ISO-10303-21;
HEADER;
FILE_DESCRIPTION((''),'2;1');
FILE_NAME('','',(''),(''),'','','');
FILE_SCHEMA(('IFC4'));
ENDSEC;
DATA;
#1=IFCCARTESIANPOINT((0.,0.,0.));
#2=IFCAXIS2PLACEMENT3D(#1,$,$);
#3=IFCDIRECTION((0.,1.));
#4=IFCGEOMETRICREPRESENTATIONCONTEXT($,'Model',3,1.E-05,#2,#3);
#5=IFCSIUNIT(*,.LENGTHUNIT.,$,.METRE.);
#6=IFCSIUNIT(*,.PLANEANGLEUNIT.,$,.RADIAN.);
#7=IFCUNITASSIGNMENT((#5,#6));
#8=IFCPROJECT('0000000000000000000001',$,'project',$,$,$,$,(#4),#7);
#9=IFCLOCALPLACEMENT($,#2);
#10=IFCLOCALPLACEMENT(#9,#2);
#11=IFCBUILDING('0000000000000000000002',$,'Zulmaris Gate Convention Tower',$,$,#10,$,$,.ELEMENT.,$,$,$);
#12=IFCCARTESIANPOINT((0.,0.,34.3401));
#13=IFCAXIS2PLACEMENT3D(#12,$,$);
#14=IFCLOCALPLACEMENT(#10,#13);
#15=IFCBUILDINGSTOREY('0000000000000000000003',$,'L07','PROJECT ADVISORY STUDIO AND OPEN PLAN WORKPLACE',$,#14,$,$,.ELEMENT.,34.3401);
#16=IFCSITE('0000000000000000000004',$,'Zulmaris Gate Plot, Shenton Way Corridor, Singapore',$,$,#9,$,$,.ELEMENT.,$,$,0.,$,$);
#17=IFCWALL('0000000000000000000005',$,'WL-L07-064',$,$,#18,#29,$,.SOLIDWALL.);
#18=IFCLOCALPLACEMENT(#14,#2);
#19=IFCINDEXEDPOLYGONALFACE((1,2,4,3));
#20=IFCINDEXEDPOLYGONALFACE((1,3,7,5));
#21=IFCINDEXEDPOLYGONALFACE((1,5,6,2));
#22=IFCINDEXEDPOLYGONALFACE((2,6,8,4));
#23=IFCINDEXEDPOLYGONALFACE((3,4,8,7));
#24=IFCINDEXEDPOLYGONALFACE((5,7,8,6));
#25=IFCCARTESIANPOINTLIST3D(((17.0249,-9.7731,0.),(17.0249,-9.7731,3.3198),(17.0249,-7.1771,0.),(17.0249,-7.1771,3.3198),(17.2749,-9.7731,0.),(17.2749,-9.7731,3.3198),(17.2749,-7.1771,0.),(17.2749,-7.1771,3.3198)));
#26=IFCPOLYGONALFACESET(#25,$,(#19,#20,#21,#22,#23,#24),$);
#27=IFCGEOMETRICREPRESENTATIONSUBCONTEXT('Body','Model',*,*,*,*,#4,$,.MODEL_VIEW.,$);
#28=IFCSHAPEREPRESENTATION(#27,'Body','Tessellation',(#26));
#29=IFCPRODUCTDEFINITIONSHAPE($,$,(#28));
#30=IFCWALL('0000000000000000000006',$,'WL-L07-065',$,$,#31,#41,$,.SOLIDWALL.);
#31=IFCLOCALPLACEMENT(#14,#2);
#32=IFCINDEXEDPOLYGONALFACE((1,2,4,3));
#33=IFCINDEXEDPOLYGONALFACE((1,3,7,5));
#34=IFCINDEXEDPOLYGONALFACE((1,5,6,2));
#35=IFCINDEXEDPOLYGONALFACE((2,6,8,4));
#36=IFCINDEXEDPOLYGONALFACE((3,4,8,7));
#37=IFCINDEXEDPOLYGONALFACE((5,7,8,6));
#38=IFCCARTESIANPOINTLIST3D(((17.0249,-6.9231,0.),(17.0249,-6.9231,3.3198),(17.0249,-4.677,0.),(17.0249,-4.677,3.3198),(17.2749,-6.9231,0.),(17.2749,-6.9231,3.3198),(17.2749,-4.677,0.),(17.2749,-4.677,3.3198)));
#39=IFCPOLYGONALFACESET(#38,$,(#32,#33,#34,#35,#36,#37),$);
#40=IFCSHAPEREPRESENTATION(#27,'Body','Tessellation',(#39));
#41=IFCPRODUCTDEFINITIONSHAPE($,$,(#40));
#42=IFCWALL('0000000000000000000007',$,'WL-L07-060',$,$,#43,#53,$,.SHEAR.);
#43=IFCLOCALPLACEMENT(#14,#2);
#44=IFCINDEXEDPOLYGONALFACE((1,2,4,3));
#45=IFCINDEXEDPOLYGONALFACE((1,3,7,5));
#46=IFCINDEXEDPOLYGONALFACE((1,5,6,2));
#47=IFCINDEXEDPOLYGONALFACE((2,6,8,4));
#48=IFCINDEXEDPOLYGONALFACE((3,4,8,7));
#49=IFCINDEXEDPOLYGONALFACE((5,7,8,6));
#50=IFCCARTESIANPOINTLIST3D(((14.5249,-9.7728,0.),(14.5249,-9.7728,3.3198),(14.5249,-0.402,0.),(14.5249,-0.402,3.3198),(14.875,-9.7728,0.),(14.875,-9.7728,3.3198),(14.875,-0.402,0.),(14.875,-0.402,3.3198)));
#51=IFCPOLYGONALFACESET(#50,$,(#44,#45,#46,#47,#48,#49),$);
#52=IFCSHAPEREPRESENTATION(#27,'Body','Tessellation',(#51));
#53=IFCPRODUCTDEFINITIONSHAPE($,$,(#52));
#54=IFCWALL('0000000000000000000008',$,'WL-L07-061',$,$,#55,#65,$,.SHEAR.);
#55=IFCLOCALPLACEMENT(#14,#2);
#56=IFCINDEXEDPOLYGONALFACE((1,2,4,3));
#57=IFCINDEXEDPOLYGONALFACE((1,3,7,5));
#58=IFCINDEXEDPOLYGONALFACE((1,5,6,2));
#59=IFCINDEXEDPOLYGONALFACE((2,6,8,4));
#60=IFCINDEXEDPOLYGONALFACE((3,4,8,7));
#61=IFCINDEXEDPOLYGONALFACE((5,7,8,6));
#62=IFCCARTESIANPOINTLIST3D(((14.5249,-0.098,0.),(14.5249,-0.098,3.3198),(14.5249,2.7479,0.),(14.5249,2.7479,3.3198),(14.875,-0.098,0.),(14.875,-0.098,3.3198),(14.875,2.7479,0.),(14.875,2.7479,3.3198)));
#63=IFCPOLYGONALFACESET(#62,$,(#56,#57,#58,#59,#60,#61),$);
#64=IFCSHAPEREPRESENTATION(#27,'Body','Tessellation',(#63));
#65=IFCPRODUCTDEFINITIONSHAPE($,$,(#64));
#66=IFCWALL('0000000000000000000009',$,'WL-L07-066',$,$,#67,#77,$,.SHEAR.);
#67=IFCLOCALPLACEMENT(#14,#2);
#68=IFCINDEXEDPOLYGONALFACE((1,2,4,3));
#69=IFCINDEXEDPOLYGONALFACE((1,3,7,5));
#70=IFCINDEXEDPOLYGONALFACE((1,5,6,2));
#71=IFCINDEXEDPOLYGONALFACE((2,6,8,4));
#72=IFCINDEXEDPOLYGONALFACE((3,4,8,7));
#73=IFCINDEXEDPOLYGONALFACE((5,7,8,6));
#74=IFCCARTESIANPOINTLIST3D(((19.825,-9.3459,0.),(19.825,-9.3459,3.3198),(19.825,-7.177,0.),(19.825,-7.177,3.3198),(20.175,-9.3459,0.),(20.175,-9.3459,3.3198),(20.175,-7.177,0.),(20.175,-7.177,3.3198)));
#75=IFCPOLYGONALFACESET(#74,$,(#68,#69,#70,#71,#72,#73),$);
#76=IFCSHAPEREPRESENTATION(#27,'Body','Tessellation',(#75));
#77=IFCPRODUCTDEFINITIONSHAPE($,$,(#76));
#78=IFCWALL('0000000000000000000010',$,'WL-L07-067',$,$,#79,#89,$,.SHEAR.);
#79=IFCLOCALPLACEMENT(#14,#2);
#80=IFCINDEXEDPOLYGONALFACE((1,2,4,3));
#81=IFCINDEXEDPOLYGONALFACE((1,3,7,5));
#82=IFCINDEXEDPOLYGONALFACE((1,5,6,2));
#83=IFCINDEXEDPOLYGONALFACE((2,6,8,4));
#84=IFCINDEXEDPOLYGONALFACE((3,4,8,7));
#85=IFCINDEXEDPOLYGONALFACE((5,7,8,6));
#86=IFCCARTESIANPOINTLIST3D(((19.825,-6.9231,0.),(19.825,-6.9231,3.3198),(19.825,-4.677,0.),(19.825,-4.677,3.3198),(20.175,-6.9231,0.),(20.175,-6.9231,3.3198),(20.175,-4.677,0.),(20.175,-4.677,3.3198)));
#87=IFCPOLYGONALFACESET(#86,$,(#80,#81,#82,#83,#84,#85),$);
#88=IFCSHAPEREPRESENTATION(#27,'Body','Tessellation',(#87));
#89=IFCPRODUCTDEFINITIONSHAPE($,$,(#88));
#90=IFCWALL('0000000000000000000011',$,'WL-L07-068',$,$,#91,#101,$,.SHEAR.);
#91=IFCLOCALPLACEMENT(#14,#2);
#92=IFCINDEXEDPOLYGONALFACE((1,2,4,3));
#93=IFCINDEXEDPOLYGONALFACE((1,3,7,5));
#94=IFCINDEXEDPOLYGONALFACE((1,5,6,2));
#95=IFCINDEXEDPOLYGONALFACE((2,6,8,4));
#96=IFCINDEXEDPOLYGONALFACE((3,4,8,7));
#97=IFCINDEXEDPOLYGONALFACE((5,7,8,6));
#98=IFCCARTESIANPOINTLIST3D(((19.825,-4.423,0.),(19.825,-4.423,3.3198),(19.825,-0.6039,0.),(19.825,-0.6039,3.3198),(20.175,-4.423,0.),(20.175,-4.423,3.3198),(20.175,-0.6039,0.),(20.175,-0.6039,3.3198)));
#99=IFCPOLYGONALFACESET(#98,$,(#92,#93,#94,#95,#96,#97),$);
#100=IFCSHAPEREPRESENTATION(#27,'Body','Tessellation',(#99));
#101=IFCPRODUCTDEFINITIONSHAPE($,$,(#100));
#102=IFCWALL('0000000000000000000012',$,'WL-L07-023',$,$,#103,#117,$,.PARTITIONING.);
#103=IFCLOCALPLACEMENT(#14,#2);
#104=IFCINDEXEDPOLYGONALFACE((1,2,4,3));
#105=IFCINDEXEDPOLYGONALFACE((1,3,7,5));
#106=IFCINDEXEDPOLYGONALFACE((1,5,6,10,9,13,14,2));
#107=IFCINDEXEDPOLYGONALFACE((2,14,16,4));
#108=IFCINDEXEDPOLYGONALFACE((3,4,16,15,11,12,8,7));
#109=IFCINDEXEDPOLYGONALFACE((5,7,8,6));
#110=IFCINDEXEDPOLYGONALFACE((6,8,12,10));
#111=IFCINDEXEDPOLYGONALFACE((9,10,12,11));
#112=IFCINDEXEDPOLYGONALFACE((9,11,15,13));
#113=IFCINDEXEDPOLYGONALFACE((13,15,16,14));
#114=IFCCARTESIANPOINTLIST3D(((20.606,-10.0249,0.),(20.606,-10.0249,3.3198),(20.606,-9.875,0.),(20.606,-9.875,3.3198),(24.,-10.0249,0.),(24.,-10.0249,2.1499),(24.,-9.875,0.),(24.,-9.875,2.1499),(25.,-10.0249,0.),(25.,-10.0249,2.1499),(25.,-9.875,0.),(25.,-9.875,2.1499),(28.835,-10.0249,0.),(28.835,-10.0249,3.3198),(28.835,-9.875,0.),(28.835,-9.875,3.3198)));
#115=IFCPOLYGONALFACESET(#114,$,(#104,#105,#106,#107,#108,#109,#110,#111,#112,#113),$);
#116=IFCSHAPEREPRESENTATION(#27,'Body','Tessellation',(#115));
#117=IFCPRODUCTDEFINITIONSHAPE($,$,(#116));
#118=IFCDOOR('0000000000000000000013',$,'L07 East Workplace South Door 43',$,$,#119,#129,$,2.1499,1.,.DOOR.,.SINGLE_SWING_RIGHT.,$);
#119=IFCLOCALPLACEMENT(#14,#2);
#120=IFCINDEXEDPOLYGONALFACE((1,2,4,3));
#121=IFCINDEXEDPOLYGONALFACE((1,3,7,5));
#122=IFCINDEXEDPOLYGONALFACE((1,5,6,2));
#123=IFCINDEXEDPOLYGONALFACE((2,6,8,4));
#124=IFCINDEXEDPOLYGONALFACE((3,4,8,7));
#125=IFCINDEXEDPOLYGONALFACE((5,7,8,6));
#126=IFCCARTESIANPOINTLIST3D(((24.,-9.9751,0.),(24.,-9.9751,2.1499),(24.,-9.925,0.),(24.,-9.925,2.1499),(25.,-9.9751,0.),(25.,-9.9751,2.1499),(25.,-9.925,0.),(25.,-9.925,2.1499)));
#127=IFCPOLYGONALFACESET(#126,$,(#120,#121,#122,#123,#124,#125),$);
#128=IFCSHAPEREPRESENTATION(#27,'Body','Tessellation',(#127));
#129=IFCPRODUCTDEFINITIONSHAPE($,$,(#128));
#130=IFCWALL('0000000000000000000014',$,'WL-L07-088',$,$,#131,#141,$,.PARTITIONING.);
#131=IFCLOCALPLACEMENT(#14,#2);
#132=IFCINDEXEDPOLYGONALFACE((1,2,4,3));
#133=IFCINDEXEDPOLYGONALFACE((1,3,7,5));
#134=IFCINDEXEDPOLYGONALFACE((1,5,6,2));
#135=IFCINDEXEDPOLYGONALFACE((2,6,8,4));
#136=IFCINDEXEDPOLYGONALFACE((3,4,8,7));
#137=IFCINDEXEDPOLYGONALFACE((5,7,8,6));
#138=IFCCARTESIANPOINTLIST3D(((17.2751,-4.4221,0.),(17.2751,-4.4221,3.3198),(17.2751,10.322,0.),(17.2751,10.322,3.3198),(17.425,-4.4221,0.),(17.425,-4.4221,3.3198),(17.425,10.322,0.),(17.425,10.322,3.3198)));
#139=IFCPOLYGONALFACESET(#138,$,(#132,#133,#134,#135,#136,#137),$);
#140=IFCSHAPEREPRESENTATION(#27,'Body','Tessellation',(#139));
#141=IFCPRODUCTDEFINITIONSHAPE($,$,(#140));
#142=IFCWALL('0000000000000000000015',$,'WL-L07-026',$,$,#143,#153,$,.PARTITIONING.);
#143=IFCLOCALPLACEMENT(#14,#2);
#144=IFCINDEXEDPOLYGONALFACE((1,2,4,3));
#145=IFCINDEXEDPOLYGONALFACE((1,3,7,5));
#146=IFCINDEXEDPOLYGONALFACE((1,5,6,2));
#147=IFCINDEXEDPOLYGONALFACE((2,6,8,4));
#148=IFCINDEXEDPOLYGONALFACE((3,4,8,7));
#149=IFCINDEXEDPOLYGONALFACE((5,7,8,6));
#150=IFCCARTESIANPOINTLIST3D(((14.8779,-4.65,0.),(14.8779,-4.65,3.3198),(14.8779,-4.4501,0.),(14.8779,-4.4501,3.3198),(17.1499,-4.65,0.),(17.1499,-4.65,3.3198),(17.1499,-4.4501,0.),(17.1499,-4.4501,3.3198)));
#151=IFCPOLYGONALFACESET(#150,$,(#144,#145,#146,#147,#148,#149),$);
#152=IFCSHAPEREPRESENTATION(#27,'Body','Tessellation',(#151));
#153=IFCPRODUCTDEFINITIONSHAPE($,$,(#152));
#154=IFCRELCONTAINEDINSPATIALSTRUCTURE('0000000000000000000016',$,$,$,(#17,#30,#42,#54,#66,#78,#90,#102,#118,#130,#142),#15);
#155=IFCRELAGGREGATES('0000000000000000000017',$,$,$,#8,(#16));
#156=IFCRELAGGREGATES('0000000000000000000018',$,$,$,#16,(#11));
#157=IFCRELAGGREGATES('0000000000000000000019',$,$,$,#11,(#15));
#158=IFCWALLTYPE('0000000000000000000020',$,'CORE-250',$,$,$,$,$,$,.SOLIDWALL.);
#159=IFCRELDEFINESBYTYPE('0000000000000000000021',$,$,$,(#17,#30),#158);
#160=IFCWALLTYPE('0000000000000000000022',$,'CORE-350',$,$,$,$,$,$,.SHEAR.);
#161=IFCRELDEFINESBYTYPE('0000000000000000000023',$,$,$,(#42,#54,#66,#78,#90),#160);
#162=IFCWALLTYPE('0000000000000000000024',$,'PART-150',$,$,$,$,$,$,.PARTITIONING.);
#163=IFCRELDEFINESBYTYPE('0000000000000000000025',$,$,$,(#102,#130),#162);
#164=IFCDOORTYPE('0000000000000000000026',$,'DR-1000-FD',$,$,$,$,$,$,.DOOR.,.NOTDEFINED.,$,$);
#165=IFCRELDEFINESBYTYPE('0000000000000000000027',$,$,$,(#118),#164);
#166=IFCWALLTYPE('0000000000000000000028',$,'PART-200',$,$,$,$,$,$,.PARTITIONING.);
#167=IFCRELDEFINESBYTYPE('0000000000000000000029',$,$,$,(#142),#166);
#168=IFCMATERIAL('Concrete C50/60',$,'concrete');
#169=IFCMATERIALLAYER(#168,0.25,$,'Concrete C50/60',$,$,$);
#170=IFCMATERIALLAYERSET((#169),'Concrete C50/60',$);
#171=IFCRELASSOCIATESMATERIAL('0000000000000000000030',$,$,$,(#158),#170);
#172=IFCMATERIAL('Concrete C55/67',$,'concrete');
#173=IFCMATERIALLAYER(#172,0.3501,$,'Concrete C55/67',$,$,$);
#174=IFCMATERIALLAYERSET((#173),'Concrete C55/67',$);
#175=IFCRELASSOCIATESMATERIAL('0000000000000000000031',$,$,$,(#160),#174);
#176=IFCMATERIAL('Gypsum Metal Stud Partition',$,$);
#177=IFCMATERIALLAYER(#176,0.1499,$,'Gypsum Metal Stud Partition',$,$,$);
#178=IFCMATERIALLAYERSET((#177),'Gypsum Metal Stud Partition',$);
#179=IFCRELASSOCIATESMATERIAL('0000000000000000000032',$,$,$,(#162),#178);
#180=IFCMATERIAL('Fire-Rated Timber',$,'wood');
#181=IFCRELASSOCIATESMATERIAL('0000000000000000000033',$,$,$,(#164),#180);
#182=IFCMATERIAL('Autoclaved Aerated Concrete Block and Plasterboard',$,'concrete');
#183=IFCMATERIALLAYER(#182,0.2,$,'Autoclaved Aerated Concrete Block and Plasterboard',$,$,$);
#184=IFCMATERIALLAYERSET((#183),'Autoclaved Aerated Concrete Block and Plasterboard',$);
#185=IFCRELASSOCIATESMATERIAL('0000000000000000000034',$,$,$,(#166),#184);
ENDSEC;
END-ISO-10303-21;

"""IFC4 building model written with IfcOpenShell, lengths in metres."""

from ifc_helpers import new_model, si_unit, direction, frame, frame_2d, origin, place, context, subcontext, project, spatial, rectangle, extrude, material, layer, layer_set, type_object, element, fill, save


model = new_model("IFC4")

# Units and contexts
model_context = context("Model", 3, precision=1e-05, world=origin(), true_north=direction((0.0, 1.0)))
body_context = subcontext(model_context, "Body", "Model", "MODEL_VIEW")
ifc_project = project(units=[si_unit("LENGTHUNIT", "METRE"), si_unit("PLANEANGLEUNIT", "RADIAN")], contexts=[model_context])

# Site, building, storey
site_placement = place(None, origin())
site = spatial("IfcSite", under=ifc_project, at=site_placement, Name="Zulmaris Gate Plot, Shenton Way Corridor, Singapore", CompositionType="ELEMENT", RefElevation=0.0)
building_placement = place(site_placement, origin())
building = spatial("IfcBuilding", under=site, at=building_placement, Name="Zulmaris Gate Convention Tower", CompositionType="ELEMENT")
storey_placement = place(building_placement, frame((0.0, 0.0, 34.3401)))
storey = spatial("IfcBuildingStorey", under=building, at=storey_placement, Name="L07", Description="PROJECT ADVISORY STUDIO AND OPEN PLAN WORKPLACE", CompositionType="ELEMENT", Elevation=34.3401)

# Walls
ifc_material_1 = material(Name="Concrete C50/60", Category="concrete")
ifc_layer_1 = layer(ifc_material_1, 0.25, Name="Concrete C50/60")
ifc_layer_set_1 = layer_set([ifc_layer_1], Name="Concrete C50/60")
wall_type_1 = type_object("IfcWallType", Name="CORE-250", PredefinedType="SOLIDWALL", material=ifc_layer_set_1)
wall_1_placement = place(storey_placement, frame((17.1499, -9.7729, 0.0), z_axis=(0.0, 0.0, 1.0), x_axis=(0.0, 1.0, 0.0)))
element("IfcWall", 1, at=wall_1_placement, inside=storey, type_object=wall_type_1, Name="WL-L07-064", PredefinedType="SOLIDWALL", context=body_context, shape_type="SweptSolid", body=[
    extrude(rectangle(XDim=2.5959, YDim=0.25, at=frame_2d((1.2979, 0.0))), origin(), (0.0, 0.0, 1.0), 3.3198),
])
wall_2_placement = place(storey_placement, frame((17.1499, -6.9231, 0.0), z_axis=(0.0, 0.0, 1.0), x_axis=(0.0, 1.0, 0.0)))
element("IfcWall", 2, at=wall_2_placement, inside=storey, type_object=wall_type_1, Name="WL-L07-065", PredefinedType="SOLIDWALL", context=body_context, shape_type="SweptSolid", body=[
    extrude(rectangle(XDim=2.2461, YDim=0.25, at=frame_2d((1.123, 0.0))), origin(), (0.0, 0.0, 1.0), 3.3198),
])
ifc_material_2 = material(Name="Concrete C55/67", Category="concrete")
ifc_layer_2 = layer(ifc_material_2, 0.3501, Name="Concrete C55/67")
ifc_layer_set_2 = layer_set([ifc_layer_2], Name="Concrete C55/67")
wall_type_2 = type_object("IfcWallType", Name="CORE-350", PredefinedType="SHEAR", material=ifc_layer_set_2)
wall_3_placement = place(storey_placement, frame((14.7, -9.7729, 0.0), z_axis=(0.0, 0.0, 1.0), x_axis=(0.0, 1.0, 0.0)))
element("IfcWall", 3, at=wall_3_placement, inside=storey, type_object=wall_type_2, Name="WL-L07-060", PredefinedType="SHEAR", context=body_context, shape_type="SweptSolid", body=[
    extrude(rectangle(XDim=9.3708, YDim=0.3501, at=frame_2d((4.6855, 0.0))), origin(), (0.0, 0.0, 1.0), 3.3198),
])
wall_4_placement = place(storey_placement, frame((14.7, -0.0979, 0.0), z_axis=(0.0, 0.0, 1.0), x_axis=(0.0, 1.0, 0.0)))
element("IfcWall", 4, at=wall_4_placement, inside=storey, type_object=wall_type_2, Name="WL-L07-061", PredefinedType="SHEAR", context=body_context, shape_type="SweptSolid", body=[
    extrude(rectangle(XDim=2.8459, YDim=0.3501, at=frame_2d((1.4229, 0.0))), origin(), (0.0, 0.0, 1.0), 3.3198),
])
wall_5_placement = place(storey_placement, frame((20.0, -9.3459, 0.0), z_axis=(0.0, 0.0, 1.0), x_axis=(0.0, 1.0, 0.0)))
element("IfcWall", 5, at=wall_5_placement, inside=storey, type_object=wall_type_2, Name="WL-L07-066", PredefinedType="SHEAR", context=body_context, shape_type="SweptSolid", body=[
    extrude(rectangle(XDim=2.1689, YDim=0.3501, at=frame_2d((1.0845, 0.0))), origin(), (0.0, 0.0, 1.0), 3.3198),
])
wall_6_placement = place(storey_placement, frame((20.0, -6.9231, 0.0), z_axis=(0.0, 0.0, 1.0), x_axis=(0.0, 1.0, 0.0)))
element("IfcWall", 6, at=wall_6_placement, inside=storey, type_object=wall_type_2, Name="WL-L07-067", PredefinedType="SHEAR", context=body_context, shape_type="SweptSolid", body=[
    extrude(rectangle(XDim=2.2461, YDim=0.3501, at=frame_2d((1.123, 0.0))), origin(), (0.0, 0.0, 1.0), 3.3198),
])
wall_7_placement = place(storey_placement, frame((20.0, -4.4231, 0.0), z_axis=(0.0, 0.0, 1.0), x_axis=(0.0, 1.0, 0.0)))
element("IfcWall", 7, at=wall_7_placement, inside=storey, type_object=wall_type_2, Name="WL-L07-068", PredefinedType="SHEAR", context=body_context, shape_type="SweptSolid", body=[
    extrude(rectangle(XDim=3.8191, YDim=0.3501, at=frame_2d((1.9097, 0.0))), origin(), (0.0, 0.0, 1.0), 3.3198),
])

# Wall, opening, door
ifc_material_3 = material(Name="Gypsum Metal Stud Partition")
ifc_layer_3 = layer(ifc_material_3, 0.1499, Name="Gypsum Metal Stud Partition")
ifc_layer_set_3 = layer_set([ifc_layer_3], Name="Gypsum Metal Stud Partition")
wall_type_3 = type_object("IfcWallType", Name="PART-150", PredefinedType="PARTITIONING", material=ifc_layer_set_3)
wall_8_placement = place(storey_placement, frame((20.606, -9.95, 0.0), z_axis=(0.0, 0.0, 1.0), x_axis=(1.0, 0.0, 0.0)))
wall_8 = element("IfcWall", 8, at=wall_8_placement, inside=storey, type_object=wall_type_3, Name="WL-L07-023", PredefinedType="PARTITIONING", context=body_context, shape_type="SweptSolid", body=[
    extrude(rectangle(XDim=8.229, YDim=0.1499, at=frame_2d((4.1145, 0.0))), origin(), (0.0, 0.0, 1.0), 3.3198),
])
opening_1_placement = place(wall_8_placement, frame((3.394, 0.0, 0.0)))
opening_1 = element("IfcOpeningElement", 9, at=opening_1_placement, cuts=wall_8, PredefinedType="OPENING", context=body_context, shape_type="SweptSolid", body=[
    extrude(rectangle(XDim=1.0, YDim=2.1499, at=frame_2d((0.5, 1.075))), frame((0.0, 0.085, 0.0), z_axis=(0.0, -1.0, 0.0), x_axis=(1.0, 0.0, 0.0)), (0.0, 0.0, 1.0), 0.1699),
])
ifc_material_4 = material(Name="Fire-Rated Timber", Category="wood")
door_type_1 = type_object("IfcDoorType", Name="DR-1000-FD", OperationType="NOTDEFINED", PredefinedType="DOOR", material=ifc_material_4)
door_1_placement = place(opening_1_placement, origin())
door_1 = element("IfcDoor", 10, at=door_1_placement, inside=storey, type_object=door_type_1, Name="L07 East Workplace South Door 43", OperationType="SINGLE_SWING_RIGHT", OverallHeight=2.1499, OverallWidth=1.0, PredefinedType="DOOR", context=body_context, shape_type="SweptSolid", body=[
    extrude(rectangle(XDim=1.0, YDim=2.1499, at=frame_2d((0.5, 1.075))), frame((0.0, 0.0249, 0.0), z_axis=(0.0, -1.0, 0.0), x_axis=(1.0, 0.0, 0.0)), (0.0, 0.0, 1.0), 0.05),
])
fill(opening_1, door_1)

# Walls
wall_9_placement = place(storey_placement, frame((17.3501, -4.4221, 0.0), z_axis=(0.0, 0.0, 1.0), x_axis=(0.0, 1.0, 0.0)))
element("IfcWall", 11, at=wall_9_placement, inside=storey, type_object=wall_type_3, Name="WL-L07-088", PredefinedType="PARTITIONING", context=body_context, shape_type="SweptSolid", body=[
    extrude(rectangle(XDim=14.7441, YDim=0.1499, at=frame_2d((7.3721, 0.0))), origin(), (0.0, 0.0, 1.0), 3.3198),
])
ifc_material_5 = material(Name="Autoclaved Aerated Concrete Block and Plasterboard", Category="concrete")
ifc_layer_4 = layer(ifc_material_5, 0.2, Name="Autoclaved Aerated Concrete Block and Plasterboard")
ifc_layer_set_4 = layer_set([ifc_layer_4], Name="Autoclaved Aerated Concrete Block and Plasterboard")
wall_type_4 = type_object("IfcWallType", Name="PART-200", PredefinedType="PARTITIONING", material=ifc_layer_set_4)
wall_10_placement = place(storey_placement, frame((14.8779, -4.55, 0.0), z_axis=(0.0, 0.0, 1.0), x_axis=(1.0, 0.0, 0.0)))
element("IfcWall", 12, at=wall_10_placement, inside=storey, type_object=wall_type_4, Name="WL-L07-026", PredefinedType="PARTITIONING", context=body_context, shape_type="SweptSolid", body=[
    extrude(rectangle(XDim=2.272, YDim=0.2, at=frame_2d((1.136, 0.0))), origin(), (0.0, 0.0, 1.0), 3.3198),
])

save(model, "model.ifc")
